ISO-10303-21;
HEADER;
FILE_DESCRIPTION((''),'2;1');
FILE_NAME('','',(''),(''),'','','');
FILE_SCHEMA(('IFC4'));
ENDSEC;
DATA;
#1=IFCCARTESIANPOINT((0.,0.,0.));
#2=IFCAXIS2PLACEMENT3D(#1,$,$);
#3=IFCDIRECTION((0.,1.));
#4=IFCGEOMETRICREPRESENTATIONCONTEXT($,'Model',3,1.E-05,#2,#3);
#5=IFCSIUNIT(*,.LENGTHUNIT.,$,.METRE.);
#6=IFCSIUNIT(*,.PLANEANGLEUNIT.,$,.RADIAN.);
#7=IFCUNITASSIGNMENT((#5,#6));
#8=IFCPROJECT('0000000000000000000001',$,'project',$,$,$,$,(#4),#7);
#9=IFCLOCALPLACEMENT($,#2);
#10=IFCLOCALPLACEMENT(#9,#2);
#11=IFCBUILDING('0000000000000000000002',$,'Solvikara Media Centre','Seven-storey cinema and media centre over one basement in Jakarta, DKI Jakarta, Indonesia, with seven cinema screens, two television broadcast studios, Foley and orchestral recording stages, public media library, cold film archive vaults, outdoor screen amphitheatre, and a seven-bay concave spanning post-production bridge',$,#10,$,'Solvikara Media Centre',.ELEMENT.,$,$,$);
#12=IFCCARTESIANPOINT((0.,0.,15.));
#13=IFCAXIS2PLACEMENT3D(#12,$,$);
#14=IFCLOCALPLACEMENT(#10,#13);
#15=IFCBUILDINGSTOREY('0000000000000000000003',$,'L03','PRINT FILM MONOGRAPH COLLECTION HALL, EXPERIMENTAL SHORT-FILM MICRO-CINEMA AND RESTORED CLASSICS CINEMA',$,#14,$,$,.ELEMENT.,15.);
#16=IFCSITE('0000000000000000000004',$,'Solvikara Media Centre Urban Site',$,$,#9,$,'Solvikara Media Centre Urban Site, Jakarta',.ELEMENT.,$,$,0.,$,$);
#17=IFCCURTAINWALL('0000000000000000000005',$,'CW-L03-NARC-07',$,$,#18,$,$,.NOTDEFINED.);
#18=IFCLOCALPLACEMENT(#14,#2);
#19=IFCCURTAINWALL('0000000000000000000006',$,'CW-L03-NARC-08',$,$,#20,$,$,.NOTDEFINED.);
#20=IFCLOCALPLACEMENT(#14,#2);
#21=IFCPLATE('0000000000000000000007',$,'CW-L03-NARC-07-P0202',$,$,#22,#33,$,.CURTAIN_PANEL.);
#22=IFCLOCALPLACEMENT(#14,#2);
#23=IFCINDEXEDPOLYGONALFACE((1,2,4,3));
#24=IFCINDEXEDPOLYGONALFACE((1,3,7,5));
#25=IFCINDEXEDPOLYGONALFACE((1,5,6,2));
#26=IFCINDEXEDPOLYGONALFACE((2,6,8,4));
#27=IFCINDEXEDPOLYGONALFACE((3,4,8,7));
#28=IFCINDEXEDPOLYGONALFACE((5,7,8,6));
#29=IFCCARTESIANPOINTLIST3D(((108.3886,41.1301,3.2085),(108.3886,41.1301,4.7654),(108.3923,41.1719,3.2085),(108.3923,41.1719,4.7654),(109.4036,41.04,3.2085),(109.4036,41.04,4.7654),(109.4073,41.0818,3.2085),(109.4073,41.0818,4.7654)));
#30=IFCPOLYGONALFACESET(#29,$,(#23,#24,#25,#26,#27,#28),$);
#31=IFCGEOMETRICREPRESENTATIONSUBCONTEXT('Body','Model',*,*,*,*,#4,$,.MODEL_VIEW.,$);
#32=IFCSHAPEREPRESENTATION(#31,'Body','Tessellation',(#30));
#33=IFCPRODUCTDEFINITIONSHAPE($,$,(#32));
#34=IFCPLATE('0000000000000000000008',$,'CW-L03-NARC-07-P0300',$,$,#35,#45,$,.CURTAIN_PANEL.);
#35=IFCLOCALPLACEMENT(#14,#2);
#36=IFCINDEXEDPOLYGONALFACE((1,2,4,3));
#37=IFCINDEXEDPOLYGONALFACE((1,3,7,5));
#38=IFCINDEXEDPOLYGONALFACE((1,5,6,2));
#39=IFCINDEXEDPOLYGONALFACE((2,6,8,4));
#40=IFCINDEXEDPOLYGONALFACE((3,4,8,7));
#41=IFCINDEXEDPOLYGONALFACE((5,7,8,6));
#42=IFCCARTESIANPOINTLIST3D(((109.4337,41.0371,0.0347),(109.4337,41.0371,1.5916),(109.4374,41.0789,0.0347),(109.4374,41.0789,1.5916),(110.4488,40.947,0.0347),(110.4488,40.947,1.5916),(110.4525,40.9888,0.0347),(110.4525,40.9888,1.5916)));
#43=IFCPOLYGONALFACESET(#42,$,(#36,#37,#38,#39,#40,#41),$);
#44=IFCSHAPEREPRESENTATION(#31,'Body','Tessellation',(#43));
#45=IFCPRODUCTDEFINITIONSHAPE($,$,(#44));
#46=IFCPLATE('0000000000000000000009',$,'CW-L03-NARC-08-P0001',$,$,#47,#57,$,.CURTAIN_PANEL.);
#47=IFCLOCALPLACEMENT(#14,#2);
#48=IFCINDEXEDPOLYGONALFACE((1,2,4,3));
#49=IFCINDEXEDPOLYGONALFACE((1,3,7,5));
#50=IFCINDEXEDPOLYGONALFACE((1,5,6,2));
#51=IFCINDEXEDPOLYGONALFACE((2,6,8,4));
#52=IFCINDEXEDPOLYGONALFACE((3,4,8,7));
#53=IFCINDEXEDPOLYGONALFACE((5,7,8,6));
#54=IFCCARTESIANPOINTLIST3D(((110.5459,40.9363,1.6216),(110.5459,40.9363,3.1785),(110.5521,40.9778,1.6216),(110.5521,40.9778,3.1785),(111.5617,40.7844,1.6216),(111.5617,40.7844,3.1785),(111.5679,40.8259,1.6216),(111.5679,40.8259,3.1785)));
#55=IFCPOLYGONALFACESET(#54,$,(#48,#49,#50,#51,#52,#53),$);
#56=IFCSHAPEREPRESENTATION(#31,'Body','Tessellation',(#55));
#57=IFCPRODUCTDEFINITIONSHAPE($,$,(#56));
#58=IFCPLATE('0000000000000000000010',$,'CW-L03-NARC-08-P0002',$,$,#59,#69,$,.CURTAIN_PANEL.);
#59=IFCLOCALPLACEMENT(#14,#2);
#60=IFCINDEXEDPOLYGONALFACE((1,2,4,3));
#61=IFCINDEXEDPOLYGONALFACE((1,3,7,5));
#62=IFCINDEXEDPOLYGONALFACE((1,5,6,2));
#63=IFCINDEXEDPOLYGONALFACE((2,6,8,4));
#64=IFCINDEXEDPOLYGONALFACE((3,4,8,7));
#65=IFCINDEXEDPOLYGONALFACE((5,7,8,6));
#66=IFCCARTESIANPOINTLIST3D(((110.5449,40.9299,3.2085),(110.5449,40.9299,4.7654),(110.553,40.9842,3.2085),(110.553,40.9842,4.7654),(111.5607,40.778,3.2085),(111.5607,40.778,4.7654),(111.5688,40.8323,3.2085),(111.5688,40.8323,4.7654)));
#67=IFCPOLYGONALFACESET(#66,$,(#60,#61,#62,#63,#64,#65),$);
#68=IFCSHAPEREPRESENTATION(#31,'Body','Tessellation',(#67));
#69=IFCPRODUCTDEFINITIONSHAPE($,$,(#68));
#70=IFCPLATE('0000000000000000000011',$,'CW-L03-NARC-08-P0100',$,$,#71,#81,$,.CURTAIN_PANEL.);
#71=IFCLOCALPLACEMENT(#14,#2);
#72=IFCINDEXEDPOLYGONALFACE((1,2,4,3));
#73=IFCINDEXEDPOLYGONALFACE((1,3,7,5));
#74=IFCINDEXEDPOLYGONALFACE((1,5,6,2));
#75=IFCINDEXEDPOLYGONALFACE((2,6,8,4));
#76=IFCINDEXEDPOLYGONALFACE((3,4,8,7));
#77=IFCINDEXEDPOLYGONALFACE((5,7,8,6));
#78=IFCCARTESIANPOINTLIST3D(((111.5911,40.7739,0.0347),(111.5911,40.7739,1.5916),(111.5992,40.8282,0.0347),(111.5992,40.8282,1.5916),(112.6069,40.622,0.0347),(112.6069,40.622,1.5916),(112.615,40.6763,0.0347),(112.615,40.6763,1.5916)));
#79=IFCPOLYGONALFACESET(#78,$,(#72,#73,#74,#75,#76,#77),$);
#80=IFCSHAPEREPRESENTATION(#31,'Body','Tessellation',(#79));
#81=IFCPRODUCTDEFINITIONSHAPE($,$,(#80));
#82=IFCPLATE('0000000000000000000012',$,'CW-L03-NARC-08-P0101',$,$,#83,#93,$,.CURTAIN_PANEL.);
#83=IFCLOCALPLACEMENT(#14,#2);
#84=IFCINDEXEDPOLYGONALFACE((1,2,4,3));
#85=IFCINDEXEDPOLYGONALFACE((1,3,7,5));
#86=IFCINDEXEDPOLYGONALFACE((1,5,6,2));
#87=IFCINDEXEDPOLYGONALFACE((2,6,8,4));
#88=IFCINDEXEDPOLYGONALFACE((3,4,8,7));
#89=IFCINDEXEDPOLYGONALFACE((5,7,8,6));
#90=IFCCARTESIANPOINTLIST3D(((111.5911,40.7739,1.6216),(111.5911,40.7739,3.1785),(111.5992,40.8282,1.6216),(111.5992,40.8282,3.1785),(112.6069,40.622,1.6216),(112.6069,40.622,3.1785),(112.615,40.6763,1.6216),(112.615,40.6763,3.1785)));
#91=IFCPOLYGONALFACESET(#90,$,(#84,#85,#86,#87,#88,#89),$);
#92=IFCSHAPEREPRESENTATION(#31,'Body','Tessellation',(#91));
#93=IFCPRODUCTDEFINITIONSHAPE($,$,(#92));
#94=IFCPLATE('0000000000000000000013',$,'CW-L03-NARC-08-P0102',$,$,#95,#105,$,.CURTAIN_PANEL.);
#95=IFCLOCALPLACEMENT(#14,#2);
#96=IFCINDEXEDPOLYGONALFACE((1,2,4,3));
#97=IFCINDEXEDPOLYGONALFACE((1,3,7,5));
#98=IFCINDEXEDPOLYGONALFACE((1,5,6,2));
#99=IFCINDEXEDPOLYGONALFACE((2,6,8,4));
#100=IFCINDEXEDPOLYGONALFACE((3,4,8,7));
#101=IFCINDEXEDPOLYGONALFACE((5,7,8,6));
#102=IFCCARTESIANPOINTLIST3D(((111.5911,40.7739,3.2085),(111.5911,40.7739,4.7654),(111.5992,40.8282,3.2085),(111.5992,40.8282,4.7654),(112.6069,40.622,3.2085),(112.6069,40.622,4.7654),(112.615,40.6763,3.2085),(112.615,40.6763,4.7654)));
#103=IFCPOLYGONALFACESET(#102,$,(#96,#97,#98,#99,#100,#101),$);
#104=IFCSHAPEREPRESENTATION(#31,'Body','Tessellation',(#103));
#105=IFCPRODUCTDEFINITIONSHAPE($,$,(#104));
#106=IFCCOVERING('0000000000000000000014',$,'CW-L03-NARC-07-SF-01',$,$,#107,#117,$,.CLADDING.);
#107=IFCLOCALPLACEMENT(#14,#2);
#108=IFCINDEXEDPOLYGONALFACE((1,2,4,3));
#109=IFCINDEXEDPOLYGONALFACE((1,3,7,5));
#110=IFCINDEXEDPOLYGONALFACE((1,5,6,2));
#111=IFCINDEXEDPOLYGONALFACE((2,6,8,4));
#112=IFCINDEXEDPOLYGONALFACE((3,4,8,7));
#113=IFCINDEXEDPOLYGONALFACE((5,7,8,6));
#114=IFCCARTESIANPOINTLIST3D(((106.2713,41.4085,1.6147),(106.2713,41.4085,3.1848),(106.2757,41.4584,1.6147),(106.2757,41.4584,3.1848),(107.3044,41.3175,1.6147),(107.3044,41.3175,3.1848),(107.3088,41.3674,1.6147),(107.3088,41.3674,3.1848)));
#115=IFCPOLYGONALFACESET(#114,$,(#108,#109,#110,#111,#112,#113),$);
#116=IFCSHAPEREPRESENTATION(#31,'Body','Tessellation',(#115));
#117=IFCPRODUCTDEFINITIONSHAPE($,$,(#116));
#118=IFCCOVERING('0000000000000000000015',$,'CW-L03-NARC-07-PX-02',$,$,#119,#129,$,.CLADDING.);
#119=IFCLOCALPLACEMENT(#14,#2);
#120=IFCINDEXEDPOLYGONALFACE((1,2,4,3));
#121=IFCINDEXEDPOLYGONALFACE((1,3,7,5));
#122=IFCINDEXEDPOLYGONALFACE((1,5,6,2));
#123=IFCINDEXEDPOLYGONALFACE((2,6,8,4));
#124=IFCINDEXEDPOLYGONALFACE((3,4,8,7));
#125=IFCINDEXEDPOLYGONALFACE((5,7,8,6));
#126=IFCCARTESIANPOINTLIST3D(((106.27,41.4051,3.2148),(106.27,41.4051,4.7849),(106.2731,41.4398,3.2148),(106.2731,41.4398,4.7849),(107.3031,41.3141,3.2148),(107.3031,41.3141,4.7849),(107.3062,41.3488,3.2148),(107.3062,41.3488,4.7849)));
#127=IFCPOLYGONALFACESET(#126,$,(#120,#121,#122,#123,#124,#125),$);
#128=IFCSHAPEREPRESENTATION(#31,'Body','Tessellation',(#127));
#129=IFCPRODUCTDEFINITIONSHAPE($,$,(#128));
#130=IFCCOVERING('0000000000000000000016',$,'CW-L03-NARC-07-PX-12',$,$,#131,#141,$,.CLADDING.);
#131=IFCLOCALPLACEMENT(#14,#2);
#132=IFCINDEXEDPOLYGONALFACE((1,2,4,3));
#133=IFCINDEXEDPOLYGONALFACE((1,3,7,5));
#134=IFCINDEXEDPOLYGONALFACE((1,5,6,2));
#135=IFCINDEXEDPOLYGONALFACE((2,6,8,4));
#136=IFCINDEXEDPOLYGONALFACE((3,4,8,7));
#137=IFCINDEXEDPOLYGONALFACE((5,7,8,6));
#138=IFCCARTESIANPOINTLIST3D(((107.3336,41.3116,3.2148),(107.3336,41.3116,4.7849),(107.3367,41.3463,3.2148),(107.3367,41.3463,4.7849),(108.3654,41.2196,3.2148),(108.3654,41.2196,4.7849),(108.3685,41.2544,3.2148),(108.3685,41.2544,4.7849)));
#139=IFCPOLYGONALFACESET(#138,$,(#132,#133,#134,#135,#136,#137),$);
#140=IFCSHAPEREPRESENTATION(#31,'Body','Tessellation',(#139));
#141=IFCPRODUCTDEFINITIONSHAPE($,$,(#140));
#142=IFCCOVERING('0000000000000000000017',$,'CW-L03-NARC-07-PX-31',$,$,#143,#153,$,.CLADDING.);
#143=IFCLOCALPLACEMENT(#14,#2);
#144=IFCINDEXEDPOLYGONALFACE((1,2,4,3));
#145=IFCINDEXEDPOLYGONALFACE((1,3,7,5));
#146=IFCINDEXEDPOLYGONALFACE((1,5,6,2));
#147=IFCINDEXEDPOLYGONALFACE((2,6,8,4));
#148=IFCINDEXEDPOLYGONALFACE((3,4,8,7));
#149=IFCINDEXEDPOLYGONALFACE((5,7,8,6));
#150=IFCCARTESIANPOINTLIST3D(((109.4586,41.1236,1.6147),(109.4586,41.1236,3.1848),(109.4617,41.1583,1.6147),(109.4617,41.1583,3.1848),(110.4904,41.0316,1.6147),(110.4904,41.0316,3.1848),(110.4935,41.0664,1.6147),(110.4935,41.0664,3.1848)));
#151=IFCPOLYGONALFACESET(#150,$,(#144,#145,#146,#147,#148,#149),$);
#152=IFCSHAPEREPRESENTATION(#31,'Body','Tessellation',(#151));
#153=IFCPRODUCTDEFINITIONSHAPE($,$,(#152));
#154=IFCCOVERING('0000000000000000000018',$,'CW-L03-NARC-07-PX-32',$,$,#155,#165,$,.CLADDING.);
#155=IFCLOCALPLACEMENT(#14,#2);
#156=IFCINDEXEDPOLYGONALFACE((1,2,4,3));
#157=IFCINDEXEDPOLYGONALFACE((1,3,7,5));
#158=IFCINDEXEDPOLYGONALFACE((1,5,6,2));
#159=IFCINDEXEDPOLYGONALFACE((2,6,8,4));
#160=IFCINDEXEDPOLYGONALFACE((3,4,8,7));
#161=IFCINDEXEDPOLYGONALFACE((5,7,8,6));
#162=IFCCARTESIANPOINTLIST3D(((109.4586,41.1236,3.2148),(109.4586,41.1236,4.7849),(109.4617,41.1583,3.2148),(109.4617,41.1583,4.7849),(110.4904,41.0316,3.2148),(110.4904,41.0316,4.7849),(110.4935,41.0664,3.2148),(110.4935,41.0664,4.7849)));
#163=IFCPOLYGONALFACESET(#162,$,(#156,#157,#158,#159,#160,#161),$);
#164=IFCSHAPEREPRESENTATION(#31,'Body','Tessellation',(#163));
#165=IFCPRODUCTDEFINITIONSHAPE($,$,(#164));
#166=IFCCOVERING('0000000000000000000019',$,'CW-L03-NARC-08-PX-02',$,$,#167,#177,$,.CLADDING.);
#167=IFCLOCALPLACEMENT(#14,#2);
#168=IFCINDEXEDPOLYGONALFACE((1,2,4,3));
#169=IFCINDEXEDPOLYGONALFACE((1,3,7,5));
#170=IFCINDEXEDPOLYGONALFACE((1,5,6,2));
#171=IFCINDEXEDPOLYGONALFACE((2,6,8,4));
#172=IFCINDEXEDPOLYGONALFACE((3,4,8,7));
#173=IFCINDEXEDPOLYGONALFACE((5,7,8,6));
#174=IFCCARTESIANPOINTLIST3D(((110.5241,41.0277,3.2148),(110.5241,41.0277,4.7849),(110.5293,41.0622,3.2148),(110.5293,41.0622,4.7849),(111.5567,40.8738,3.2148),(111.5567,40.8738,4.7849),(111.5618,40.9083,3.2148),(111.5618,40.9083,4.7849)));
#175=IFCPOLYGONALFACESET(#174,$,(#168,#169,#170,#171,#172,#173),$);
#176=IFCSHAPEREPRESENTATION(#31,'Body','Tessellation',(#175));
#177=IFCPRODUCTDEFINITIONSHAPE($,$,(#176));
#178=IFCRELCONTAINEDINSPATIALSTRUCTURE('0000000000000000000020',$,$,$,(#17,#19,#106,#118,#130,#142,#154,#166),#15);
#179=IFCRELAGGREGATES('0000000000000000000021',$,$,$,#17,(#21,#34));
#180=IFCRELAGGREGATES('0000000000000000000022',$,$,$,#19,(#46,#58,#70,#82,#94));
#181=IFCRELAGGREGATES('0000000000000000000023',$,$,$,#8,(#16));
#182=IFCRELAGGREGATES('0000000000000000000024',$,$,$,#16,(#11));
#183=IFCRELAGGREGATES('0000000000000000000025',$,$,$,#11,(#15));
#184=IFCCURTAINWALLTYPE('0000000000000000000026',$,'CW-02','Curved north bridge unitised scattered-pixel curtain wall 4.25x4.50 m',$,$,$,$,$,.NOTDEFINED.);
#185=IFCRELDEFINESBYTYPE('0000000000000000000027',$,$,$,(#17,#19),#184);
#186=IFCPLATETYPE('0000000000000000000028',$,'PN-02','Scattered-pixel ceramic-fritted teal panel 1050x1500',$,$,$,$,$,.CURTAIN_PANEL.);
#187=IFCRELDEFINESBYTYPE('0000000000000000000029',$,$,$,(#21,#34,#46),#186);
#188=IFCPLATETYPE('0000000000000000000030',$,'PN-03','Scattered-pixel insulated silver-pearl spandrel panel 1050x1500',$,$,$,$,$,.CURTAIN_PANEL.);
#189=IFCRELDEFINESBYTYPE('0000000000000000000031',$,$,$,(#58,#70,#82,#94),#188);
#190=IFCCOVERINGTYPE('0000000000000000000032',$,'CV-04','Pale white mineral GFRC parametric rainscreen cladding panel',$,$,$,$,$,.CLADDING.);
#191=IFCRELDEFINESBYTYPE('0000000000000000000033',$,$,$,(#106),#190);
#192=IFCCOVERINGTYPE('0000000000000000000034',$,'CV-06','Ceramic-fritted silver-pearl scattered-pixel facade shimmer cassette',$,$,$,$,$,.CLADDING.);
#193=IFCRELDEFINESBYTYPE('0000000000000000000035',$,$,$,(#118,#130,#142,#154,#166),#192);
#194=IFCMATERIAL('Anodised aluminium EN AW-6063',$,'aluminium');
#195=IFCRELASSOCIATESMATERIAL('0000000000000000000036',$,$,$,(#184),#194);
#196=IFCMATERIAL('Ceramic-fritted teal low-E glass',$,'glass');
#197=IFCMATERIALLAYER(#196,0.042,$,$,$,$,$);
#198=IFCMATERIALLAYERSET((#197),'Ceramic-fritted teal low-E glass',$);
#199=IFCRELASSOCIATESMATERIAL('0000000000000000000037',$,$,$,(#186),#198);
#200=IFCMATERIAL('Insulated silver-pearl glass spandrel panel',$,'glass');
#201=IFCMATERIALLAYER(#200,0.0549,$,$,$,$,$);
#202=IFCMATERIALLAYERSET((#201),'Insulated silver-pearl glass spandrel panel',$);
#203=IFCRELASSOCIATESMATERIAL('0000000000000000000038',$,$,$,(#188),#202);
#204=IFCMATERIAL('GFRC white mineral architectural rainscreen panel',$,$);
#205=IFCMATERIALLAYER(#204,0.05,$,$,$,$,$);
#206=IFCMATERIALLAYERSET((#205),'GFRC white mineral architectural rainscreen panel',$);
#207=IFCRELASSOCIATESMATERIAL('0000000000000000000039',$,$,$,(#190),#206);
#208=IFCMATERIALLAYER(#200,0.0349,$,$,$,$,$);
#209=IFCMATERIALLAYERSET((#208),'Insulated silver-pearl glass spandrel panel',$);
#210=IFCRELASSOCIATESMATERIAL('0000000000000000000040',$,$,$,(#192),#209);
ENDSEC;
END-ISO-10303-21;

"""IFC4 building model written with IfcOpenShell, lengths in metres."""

from ifc_helpers import new_model, si_unit, direction, frame, origin, origin_2d, place, context, subcontext, project, spatial, rectangle, extrude, material, layer, layer_set, type_object, element, aggregate, save


model = new_model("IFC4")

# Units and contexts
model_context = context("Model", 3, precision=1e-05, world=origin(), true_north=direction((0.0, 1.0)))
body_context = subcontext(model_context, "Body", "Model", "MODEL_VIEW")
ifc_project = project(units=[si_unit("LENGTHUNIT", "METRE"), si_unit("PLANEANGLEUNIT", "RADIAN")], contexts=[model_context])

# Site, building, storey
site_placement = place(None, origin())
site = spatial("IfcSite", under=ifc_project, at=site_placement, Name="Solvikara Media Centre Urban Site", LongName="Solvikara Media Centre Urban Site, Jakarta", CompositionType="ELEMENT", RefElevation=0.0)
building_placement = place(site_placement, origin())
building = spatial("IfcBuilding", under=site, at=building_placement, Name="Solvikara Media Centre", Description="Seven-storey cinema and media centre over one basement in Jakarta, DKI Jakarta, Indonesia, with seven cinema screens, two television broadcast studios, Foley and orchestral recording stages, public media library, cold film archive vaults, outdoor screen amphitheatre, and a seven-bay concave spanning post-production bridge", LongName="Solvikara Media Centre", CompositionType="ELEMENT")
storey_placement = place(building_placement, frame((0.0, 0.0, 15.0)))
storey = spatial("IfcBuildingStorey", under=building, at=storey_placement, Name="L03", Description="PRINT FILM MONOGRAPH COLLECTION HALL, EXPERIMENTAL SHORT-FILM MICRO-CINEMA AND RESTORED CLASSICS CINEMA", CompositionType="ELEMENT", Elevation=15.0)

# Curtain walls
ifc_material_1 = material(Name="Anodised aluminium EN AW-6063", Category="aluminium")
curtain_wall_type = type_object("IfcCurtainWallType", Name="CW-02", Description="Curved north bridge unitised scattered-pixel curtain wall 4.25x4.50 m", PredefinedType="NOTDEFINED", material=ifc_material_1)
curtain_wall_1_placement = place(storey_placement, origin())
curtain_wall_1 = element("IfcCurtainWall", 1, at=curtain_wall_1_placement, inside=storey, type_object=curtain_wall_type, Name="CW-L03-NARC-07", PredefinedType="NOTDEFINED")
curtain_wall_2_placement = place(storey_placement, origin())
curtain_wall_2 = element("IfcCurtainWall", 2, at=curtain_wall_2_placement, inside=storey, type_object=curtain_wall_type, Name="CW-L03-NARC-08", PredefinedType="NOTDEFINED")

# Plates
ifc_material_2 = material(Name="Ceramic-fritted teal low-E glass", Category="glass")
ifc_layer_1 = layer(ifc_material_2, 0.042)
ifc_layer_set_1 = layer_set([ifc_layer_1], Name="Ceramic-fritted teal low-E glass")
plate_type_1 = type_object("IfcPlateType", Name="PN-02", Description="Scattered-pixel ceramic-fritted teal panel 1050x1500", PredefinedType="CURTAIN_PANEL", material=ifc_layer_set_1)
plate_1_placement = place(storey_placement, frame((108.8979, 41.106, 3.2085), z_axis=(0.0, 0.0, 1.0), x_axis=(0.996084, -0.088408, 0.0)))
plate_1 = element("IfcPlate", 3, at=plate_1_placement, type_object=plate_type_1, Name="CW-L03-NARC-07-P0202", PredefinedType="CURTAIN_PANEL", context=body_context, shape_type="SweptSolid", body=[
    extrude(rectangle(XDim=1.019, YDim=0.042, at=origin_2d()), origin(), (0.0, 0.0, 1.0), 1.5569),
])
plate_2_placement = place(storey_placement, frame((109.9431, 41.0129, 0.0347), z_axis=(0.0, 0.0, 1.0), x_axis=(0.996084, -0.088408, 0.0)))
plate_2 = element("IfcPlate", 4, at=plate_2_placement, type_object=plate_type_1, Name="CW-L03-NARC-07-P0300", PredefinedType="CURTAIN_PANEL", context=body_context, shape_type="SweptSolid", body=[
    extrude(rectangle(XDim=1.019, YDim=0.042, at=origin_2d()), origin(), (0.0, 0.0, 1.0), 1.5569),
])
aggregate(curtain_wall_1, [plate_1, plate_2])
plate_3_placement = place(storey_placement, frame((111.0569, 40.8811, 1.6216), z_axis=(0.0, 0.0, 1.0), x_axis=(0.989006, -0.147878, 0.0)))
plate_3 = element("IfcPlate", 5, at=plate_3_placement, type_object=plate_type_1, Name="CW-L03-NARC-08-P0001", PredefinedType="CURTAIN_PANEL", context=body_context, shape_type="SweptSolid", body=[
    extrude(rectangle(XDim=1.0271, YDim=0.042, at=origin_2d()), origin(), (0.0, 0.0, 1.0), 1.5569),
])
ifc_material_3 = material(Name="Insulated silver-pearl glass spandrel panel", Category="glass")
ifc_layer_2 = layer(ifc_material_3, 0.0549)
ifc_layer_set_2 = layer_set([ifc_layer_2], Name="Insulated silver-pearl glass spandrel panel")
plate_type_2 = type_object("IfcPlateType", Name="PN-03", Description="Scattered-pixel insulated silver-pearl spandrel panel 1050x1500", PredefinedType="CURTAIN_PANEL", material=ifc_layer_set_2)
plate_4_placement = place(storey_placement, frame((111.0569, 40.8811, 3.2085), z_axis=(0.0, 0.0, 1.0), x_axis=(0.989006, -0.147878, 0.0)))
plate_4 = element("IfcPlate", 6, at=plate_4_placement, type_object=plate_type_2, Name="CW-L03-NARC-08-P0002", PredefinedType="CURTAIN_PANEL", context=body_context, shape_type="SweptSolid", body=[
    extrude(rectangle(XDim=1.0271, YDim=0.0549, at=origin_2d()), origin(), (0.0, 0.0, 1.0), 1.5569),
])
plate_5_placement = place(storey_placement, frame((112.103, 40.7251, 0.0347), z_axis=(0.0, 0.0, 1.0), x_axis=(0.989006, -0.147878, 0.0)))
plate_5 = element("IfcPlate", 7, at=plate_5_placement, type_object=plate_type_2, Name="CW-L03-NARC-08-P0100", PredefinedType="CURTAIN_PANEL", context=body_context, shape_type="SweptSolid", body=[
    extrude(rectangle(XDim=1.0271, YDim=0.0549, at=origin_2d()), origin(), (0.0, 0.0, 1.0), 1.5569),
])
plate_6_placement = place(storey_placement, frame((112.103, 40.7251, 1.6216), z_axis=(0.0, 0.0, 1.0), x_axis=(0.989006, -0.147878, 0.0)))
plate_6 = element("IfcPlate", 8, at=plate_6_placement, type_object=plate_type_2, Name="CW-L03-NARC-08-P0101", PredefinedType="CURTAIN_PANEL", context=body_context, shape_type="SweptSolid", body=[
    extrude(rectangle(XDim=1.0271, YDim=0.0549, at=origin_2d()), origin(), (0.0, 0.0, 1.0), 1.5569),
])
plate_7_placement = place(storey_placement, frame((112.103, 40.7251, 3.2085), z_axis=(0.0, 0.0, 1.0), x_axis=(0.989006, -0.147878, 0.0)))
plate_7 = element("IfcPlate", 9, at=plate_7_placement, type_object=plate_type_2, Name="CW-L03-NARC-08-P0102", PredefinedType="CURTAIN_PANEL", context=body_context, shape_type="SweptSolid", body=[
    extrude(rectangle(XDim=1.0271, YDim=0.0549, at=origin_2d()), origin(), (0.0, 0.0, 1.0), 1.5569),
])
aggregate(curtain_wall_2, [plate_3, plate_4, plate_5, plate_6, plate_7])

# Coverings
ifc_material_4 = material(Name="GFRC white mineral architectural rainscreen panel")
ifc_layer_3 = layer(ifc_material_4, 0.05)
ifc_layer_set_3 = layer_set([ifc_layer_3], Name="GFRC white mineral architectural rainscreen panel")
covering_type_1 = type_object("IfcCoveringType", Name="CV-04", Description="Pale white mineral GFRC parametric rainscreen cladding panel", PredefinedType="CLADDING", material=ifc_layer_set_3)
covering_1_placement = place(storey_placement, frame((106.79, 41.3879, 1.6147), z_axis=(0.0, 0.0, 1.0), x_axis=(0.996143, -0.087747, 0.0)))
element("IfcCovering", 10, at=covering_1_placement, inside=storey, type_object=covering_type_1, Name="CW-L03-NARC-07-SF-01", PredefinedType="CLADDING", context=body_context, shape_type="SweptSolid", body=[
    extrude(rectangle(XDim=1.0371, YDim=0.05, at=origin_2d()), origin(), (0.0, 0.0, 1.0), 1.5701),
])
ifc_layer_4 = layer(ifc_material_3, 0.0349)
ifc_layer_set_4 = layer_set([ifc_layer_4], Name="Insulated silver-pearl glass spandrel panel")
covering_type_2 = type_object("IfcCoveringType", Name="CV-06", Description="Ceramic-fritted silver-pearl scattered-pixel facade shimmer cassette", PredefinedType="CLADDING", material=ifc_layer_set_4)
covering_2_placement = place(storey_placement, frame((106.7881, 41.377, 3.2148), z_axis=(0.0, 0.0, 1.0), x_axis=(0.996143, -0.087747, 0.0)))
element("IfcCovering", 11, at=covering_2_placement, inside=storey, type_object=covering_type_2, Name="CW-L03-NARC-07-PX-02", PredefinedType="CLADDING", context=body_context, shape_type="SweptSolid", body=[
    extrude(rectangle(XDim=1.0371, YDim=0.0349, at=origin_2d()), origin(), (0.0, 0.0, 1.0), 1.5701),
])
for number, where, z_axis, x_axis, name in (
    (12, (107.8511, 41.283, 3.2148), (0.0, 0.0, 1.0), (0.99605, -0.08879, 0.0), "CW-L03-NARC-07-PX-12"),
    (13, (109.9761, 41.095, 1.6147), (0.0, 0.0, 1.0), (0.99605, -0.08879, 0.0), "CW-L03-NARC-07-PX-31"),
    (14, (109.9761, 41.095, 3.2148), (0.0, 0.0, 1.0), (0.99605, -0.08879, 0.0), "CW-L03-NARC-07-PX-32"),
):
    element("IfcCovering", number, at=place(storey_placement, frame(where, z_axis=z_axis, x_axis=x_axis)), inside=storey, type_object=covering_type_2, Name=name, PredefinedType="CLADDING", context=body_context, shape_type="SweptSolid", body=[
        extrude(rectangle(XDim=1.0359, YDim=0.0349, at=origin_2d()), origin(), (0.0, 0.0, 1.0), 1.5701),
    ])
covering_3_placement = place(storey_placement, frame((111.043, 40.968, 3.2148), z_axis=(0.0, 0.0, 1.0), x_axis=(0.98907, -0.147447, 0.0)))
element("IfcCovering", 15, at=covering_3_placement, inside=storey, type_object=covering_type_2, Name="CW-L03-NARC-08-PX-02", PredefinedType="CLADDING", context=body_context, shape_type="SweptSolid", body=[
    extrude(rectangle(XDim=1.0439, YDim=0.0349, at=origin_2d()), origin(), (0.0, 0.0, 1.0), 1.5701),
])

save(model, "model.ifc")
